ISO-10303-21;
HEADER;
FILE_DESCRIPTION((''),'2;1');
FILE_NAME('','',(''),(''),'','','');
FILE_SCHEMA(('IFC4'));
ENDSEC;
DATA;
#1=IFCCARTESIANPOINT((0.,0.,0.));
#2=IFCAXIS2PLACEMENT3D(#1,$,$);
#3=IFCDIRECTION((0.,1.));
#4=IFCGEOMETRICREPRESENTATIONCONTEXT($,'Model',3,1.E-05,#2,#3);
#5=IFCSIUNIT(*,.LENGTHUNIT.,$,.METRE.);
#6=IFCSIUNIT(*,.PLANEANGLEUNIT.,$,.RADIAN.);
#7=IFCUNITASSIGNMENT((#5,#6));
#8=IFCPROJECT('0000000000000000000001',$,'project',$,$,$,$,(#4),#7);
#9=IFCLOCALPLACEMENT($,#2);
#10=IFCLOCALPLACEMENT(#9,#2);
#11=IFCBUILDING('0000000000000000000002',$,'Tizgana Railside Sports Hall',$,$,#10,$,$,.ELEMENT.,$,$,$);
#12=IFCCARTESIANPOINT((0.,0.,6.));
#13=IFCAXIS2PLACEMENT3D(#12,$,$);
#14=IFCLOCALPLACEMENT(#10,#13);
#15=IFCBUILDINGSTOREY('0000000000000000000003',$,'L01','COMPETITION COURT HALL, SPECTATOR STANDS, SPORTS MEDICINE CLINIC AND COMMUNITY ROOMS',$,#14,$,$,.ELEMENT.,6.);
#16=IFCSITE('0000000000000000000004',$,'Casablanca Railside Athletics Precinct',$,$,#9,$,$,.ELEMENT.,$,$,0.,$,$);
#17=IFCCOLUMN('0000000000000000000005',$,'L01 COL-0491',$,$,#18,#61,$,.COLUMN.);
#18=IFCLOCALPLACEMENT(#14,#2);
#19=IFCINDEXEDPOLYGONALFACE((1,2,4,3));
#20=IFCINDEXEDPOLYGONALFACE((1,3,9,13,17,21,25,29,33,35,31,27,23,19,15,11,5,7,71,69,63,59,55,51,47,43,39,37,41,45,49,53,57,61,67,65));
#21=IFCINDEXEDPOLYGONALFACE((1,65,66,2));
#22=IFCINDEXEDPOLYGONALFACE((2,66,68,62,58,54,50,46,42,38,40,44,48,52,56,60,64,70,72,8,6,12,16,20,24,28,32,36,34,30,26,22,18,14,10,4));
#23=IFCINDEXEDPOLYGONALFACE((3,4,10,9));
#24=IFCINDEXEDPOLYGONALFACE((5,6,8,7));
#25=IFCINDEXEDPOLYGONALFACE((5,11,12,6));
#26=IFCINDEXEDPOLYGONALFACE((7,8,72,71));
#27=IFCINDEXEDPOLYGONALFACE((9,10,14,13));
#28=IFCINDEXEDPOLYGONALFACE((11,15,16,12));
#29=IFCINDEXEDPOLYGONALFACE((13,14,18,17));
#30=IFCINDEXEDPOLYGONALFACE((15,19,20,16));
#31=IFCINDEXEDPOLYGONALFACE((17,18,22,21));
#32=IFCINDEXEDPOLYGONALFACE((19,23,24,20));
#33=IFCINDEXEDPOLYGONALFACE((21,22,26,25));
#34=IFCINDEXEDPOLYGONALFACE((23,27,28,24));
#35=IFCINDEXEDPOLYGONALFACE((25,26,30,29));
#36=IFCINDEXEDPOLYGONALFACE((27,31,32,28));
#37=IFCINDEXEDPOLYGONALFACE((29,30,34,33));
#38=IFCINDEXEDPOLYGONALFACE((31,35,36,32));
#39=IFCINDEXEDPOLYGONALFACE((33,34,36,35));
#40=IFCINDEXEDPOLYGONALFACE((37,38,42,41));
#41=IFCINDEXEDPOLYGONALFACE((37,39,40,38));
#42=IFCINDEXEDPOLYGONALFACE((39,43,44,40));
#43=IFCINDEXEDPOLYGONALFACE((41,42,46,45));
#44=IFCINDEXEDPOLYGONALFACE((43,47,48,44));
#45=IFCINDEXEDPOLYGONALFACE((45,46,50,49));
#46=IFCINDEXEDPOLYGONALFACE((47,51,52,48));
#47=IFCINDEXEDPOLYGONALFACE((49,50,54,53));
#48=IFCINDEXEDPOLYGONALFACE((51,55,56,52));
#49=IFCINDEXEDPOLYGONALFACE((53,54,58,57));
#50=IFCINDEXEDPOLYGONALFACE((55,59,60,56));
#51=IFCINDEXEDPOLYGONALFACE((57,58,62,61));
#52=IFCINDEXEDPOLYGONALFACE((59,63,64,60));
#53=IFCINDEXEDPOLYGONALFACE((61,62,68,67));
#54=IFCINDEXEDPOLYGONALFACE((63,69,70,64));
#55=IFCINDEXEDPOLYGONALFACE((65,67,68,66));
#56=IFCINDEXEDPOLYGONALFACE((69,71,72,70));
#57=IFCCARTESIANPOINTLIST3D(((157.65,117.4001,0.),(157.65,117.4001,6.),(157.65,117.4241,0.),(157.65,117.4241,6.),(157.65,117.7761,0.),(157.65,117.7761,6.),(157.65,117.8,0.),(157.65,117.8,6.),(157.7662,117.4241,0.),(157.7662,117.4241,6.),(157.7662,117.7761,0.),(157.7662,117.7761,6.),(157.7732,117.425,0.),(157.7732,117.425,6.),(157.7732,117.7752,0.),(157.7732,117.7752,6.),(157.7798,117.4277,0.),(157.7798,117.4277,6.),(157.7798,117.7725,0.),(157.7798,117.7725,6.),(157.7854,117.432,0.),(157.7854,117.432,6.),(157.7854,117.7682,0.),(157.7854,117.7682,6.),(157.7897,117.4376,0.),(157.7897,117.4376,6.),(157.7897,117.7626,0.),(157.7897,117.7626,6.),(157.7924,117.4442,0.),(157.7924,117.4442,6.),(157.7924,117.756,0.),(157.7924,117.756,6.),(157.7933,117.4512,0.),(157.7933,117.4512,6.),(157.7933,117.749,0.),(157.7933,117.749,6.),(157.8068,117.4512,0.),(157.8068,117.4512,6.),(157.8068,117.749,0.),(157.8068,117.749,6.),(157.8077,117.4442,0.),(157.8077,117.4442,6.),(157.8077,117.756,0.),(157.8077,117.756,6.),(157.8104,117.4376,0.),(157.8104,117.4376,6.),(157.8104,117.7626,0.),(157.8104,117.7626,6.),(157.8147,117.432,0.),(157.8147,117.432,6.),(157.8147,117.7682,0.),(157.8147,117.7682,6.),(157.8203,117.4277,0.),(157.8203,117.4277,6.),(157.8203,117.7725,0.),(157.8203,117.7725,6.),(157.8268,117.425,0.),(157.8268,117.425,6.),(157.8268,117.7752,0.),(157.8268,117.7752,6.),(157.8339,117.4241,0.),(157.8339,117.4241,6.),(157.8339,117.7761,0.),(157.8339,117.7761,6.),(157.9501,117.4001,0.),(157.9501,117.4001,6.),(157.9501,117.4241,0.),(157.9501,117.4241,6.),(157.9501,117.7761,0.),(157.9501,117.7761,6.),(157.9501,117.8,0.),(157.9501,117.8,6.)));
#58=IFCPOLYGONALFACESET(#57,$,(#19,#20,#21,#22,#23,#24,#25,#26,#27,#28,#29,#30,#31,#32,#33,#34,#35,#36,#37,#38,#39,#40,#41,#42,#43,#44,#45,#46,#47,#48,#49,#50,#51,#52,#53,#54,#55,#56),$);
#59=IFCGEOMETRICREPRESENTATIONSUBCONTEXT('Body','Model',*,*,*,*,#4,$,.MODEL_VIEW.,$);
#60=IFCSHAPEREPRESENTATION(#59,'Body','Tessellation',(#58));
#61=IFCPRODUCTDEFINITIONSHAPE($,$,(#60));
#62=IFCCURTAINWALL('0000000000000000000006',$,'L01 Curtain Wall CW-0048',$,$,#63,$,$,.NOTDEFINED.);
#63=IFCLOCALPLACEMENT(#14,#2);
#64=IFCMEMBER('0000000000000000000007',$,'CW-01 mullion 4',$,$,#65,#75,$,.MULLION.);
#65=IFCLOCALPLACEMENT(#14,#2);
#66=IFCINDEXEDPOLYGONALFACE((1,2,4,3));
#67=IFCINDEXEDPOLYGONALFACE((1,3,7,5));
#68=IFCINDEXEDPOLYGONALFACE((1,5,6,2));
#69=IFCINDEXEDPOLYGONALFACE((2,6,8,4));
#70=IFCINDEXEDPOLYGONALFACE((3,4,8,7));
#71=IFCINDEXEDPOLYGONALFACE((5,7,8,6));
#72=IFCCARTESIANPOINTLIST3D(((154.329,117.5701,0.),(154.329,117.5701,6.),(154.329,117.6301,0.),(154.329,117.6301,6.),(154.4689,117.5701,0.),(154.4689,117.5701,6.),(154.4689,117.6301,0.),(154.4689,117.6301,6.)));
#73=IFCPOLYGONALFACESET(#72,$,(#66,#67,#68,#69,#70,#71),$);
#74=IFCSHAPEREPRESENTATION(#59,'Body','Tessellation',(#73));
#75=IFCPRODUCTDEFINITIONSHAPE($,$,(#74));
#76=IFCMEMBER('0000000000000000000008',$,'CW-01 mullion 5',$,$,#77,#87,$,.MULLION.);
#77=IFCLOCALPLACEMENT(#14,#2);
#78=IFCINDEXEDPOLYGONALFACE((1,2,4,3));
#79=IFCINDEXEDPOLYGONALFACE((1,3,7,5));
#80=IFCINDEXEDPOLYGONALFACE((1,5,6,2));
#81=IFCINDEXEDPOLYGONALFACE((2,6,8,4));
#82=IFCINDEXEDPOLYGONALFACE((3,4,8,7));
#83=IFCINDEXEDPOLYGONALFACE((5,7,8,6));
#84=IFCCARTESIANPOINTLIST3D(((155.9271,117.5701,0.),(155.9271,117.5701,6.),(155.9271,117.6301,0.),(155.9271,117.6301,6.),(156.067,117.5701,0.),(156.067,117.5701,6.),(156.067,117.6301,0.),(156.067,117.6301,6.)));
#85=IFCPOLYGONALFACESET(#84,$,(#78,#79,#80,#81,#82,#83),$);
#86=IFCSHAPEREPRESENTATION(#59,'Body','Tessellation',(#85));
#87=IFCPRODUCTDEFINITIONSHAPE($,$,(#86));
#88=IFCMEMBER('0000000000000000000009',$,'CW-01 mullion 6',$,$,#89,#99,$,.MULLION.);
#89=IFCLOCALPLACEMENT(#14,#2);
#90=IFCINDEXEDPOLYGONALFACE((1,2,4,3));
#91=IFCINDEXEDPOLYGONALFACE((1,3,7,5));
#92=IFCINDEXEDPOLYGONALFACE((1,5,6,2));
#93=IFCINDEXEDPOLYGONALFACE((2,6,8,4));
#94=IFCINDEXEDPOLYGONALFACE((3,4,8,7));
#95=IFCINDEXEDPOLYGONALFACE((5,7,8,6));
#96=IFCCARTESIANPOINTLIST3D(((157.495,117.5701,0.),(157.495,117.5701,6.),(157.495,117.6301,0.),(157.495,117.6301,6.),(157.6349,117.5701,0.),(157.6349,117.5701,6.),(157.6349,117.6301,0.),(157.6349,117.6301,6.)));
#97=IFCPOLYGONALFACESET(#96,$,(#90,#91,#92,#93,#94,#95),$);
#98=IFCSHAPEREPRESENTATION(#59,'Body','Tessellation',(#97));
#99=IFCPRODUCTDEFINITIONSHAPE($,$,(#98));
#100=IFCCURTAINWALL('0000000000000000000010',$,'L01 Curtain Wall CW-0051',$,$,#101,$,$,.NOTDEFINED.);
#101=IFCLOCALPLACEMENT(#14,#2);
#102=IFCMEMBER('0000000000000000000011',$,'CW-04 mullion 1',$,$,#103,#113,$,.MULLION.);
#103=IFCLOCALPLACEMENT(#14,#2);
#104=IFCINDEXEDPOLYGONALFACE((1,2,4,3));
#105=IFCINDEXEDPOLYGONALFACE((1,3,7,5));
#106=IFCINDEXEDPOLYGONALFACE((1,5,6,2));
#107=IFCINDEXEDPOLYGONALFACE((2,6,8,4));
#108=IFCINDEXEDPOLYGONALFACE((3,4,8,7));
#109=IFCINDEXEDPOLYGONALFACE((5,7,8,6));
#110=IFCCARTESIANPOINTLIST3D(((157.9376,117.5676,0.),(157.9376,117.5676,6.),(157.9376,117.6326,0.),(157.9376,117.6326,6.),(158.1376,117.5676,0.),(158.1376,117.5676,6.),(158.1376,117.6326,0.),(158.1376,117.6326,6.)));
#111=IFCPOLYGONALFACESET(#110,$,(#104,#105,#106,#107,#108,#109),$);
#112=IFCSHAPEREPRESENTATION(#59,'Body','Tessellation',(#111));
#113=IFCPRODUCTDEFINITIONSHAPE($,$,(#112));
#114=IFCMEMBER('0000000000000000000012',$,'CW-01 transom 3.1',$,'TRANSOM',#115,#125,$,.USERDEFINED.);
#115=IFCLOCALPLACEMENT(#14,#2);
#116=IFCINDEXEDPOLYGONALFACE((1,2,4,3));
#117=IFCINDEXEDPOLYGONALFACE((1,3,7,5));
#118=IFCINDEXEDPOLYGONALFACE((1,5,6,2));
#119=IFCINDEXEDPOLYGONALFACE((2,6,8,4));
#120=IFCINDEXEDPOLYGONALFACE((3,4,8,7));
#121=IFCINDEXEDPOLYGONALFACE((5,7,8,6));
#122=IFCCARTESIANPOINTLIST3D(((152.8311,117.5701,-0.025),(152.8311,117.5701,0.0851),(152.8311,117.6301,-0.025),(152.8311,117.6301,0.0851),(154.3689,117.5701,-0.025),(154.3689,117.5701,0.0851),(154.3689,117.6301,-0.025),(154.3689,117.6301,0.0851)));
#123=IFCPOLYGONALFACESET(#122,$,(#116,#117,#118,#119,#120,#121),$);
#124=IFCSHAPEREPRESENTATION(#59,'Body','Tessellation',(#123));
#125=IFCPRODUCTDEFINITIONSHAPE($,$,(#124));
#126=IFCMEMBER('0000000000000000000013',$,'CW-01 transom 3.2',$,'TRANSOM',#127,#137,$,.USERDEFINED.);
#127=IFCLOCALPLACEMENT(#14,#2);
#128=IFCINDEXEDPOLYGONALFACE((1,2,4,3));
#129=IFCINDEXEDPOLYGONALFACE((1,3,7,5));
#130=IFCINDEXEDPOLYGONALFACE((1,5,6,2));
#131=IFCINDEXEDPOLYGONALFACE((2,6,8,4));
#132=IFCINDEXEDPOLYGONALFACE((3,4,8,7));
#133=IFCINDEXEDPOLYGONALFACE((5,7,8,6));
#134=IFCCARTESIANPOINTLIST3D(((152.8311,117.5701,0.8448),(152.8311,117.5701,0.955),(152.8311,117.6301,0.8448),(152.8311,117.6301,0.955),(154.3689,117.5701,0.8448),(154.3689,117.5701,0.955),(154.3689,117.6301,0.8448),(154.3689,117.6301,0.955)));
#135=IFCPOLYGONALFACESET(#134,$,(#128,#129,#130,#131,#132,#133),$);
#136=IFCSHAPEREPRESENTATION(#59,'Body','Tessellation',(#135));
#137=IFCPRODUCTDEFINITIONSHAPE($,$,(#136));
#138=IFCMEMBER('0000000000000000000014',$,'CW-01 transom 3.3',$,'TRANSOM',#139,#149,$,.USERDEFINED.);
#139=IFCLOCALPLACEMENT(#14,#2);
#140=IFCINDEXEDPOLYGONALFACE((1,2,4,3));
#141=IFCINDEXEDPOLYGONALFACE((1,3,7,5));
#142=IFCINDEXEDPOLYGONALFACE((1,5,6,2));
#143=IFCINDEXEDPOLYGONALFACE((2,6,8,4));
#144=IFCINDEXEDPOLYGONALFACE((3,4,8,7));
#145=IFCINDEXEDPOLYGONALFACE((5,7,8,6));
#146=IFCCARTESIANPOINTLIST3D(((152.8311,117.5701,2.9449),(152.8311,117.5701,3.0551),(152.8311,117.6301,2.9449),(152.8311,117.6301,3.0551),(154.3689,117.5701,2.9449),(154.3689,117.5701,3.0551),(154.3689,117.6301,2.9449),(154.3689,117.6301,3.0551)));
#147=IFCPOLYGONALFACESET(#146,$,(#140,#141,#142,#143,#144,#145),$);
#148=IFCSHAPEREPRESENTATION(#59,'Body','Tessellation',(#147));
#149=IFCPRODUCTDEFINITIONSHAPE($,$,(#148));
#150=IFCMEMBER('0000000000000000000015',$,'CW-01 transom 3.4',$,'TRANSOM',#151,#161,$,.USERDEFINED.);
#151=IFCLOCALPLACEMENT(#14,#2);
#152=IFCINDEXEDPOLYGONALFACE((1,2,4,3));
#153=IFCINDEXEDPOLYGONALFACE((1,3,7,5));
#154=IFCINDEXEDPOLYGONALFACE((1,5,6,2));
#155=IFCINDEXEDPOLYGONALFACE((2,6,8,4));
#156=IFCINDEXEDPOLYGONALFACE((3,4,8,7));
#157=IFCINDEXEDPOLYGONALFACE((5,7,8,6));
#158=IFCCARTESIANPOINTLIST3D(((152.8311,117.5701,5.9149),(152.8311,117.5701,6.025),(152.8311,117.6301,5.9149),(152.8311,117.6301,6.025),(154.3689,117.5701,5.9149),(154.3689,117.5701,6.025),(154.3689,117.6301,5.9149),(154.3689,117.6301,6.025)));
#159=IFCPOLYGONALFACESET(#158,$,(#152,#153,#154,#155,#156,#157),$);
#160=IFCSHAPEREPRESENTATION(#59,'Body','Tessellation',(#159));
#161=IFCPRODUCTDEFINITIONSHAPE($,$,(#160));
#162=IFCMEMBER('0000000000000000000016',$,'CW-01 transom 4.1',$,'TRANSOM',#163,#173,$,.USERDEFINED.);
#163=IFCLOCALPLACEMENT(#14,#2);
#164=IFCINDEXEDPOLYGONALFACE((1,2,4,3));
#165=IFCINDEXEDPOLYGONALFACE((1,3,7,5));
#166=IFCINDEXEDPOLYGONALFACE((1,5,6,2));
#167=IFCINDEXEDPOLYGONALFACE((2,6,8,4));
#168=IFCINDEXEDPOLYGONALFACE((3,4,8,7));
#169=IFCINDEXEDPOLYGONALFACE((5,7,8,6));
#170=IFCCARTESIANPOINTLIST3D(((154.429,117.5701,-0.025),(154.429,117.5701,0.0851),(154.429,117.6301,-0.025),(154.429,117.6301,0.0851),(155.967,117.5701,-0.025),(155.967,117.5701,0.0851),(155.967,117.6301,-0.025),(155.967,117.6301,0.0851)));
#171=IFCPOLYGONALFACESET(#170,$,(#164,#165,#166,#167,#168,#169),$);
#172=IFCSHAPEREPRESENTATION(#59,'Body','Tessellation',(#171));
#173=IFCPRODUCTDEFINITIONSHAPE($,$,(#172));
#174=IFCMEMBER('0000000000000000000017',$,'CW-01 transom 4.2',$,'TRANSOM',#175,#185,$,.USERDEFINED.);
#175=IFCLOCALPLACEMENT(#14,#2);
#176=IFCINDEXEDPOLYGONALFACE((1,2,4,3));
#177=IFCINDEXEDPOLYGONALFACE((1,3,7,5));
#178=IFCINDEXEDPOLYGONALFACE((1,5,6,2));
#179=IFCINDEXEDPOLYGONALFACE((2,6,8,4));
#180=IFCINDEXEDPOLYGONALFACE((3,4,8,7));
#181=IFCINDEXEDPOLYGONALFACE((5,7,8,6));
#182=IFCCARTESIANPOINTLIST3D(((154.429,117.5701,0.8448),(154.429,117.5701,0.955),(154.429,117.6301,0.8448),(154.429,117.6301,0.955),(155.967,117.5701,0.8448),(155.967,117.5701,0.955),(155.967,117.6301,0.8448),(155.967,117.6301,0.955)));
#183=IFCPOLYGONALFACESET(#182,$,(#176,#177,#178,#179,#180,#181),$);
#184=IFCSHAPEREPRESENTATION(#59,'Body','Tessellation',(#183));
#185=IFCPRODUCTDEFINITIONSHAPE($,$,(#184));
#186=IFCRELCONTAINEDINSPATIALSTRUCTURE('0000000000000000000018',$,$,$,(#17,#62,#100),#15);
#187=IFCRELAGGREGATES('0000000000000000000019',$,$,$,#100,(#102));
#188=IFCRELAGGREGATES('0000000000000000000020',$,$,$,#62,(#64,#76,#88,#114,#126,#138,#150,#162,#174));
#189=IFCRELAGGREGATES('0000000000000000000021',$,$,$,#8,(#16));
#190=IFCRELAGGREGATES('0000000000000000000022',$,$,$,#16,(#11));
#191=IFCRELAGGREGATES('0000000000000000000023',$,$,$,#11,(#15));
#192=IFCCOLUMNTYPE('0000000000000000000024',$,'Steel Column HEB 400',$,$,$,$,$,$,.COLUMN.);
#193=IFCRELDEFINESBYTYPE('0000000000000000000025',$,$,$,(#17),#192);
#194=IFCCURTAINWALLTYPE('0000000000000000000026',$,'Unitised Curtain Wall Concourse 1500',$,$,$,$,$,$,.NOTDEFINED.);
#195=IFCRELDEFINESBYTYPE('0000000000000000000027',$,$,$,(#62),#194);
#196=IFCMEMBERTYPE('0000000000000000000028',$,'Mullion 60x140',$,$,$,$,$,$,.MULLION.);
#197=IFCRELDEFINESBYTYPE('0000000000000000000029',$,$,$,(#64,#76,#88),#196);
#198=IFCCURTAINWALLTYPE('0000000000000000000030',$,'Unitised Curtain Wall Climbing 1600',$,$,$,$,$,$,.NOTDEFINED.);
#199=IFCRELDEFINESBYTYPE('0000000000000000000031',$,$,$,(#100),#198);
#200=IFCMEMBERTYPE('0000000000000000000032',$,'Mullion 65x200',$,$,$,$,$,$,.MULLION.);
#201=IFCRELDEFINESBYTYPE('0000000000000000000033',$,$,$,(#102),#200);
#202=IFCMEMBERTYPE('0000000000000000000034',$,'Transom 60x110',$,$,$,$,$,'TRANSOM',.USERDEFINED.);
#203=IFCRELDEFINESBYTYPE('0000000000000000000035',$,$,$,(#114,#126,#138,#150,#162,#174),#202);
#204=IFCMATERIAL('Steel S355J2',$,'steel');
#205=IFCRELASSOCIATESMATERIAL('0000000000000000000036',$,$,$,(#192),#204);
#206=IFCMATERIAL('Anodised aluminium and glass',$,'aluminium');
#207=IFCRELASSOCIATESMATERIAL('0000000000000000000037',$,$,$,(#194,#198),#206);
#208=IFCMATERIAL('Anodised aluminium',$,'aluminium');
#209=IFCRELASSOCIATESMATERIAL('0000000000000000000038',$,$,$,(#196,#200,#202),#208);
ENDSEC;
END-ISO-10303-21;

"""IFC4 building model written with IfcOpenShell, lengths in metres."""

from ifc_helpers import new_model, si_unit, direction, frame, origin, origin_2d, place, context, subcontext, project, spatial, rectangle, i_section, extrude, material, material_profile, profile_set, type_object, element, aggregate, save


model = new_model("IFC4")

# Units and contexts
model_context = context("Model", 3, precision=1e-05, world=origin(), true_north=direction((0.0, 1.0)))
body_context = subcontext(model_context, "Body", "Model", "MODEL_VIEW")
ifc_project = project(units=[si_unit("LENGTHUNIT", "METRE"), si_unit("PLANEANGLEUNIT", "RADIAN")], contexts=[model_context])

# Site, building, storey
site_placement = place(None, origin())
site = spatial("IfcSite", under=ifc_project, at=site_placement, Name="Casablanca Railside Athletics Precinct", CompositionType="ELEMENT", RefElevation=0.0)
building_placement = place(site_placement, origin())
building = spatial("IfcBuilding", under=site, at=building_placement, Name="Tizgana Railside Sports Hall", CompositionType="ELEMENT")
storey_placement = place(building_placement, frame((0.0, 0.0, 6.0)))
storey = spatial("IfcBuildingStorey", under=building, at=storey_placement, Name="L01", Description="COMPETITION COURT HALL, SPECTATOR STANDS, SPORTS MEDICINE CLINIC AND COMMUNITY ROOMS", CompositionType="ELEMENT", Elevation=6.0)

# Column
ifc_material_1 = material(Name="Steel S355J2", Category="steel")
ifc_material_profile_1 = material_profile(ifc_material_1, i_section(OverallWidth=0.3, OverallDepth=0.3999, WebThickness=0.0134, FlangeThickness=0.0239, FilletRadius=0.0271, at=origin_2d()), Name="HEB 400")
ifc_profile_set_1 = profile_set([ifc_material_profile_1], Name="Steel S355J2")
column_type = type_object("IfcColumnType", Name="Steel Column HEB 400", PredefinedType="COLUMN", material=ifc_profile_set_1)
column_placement = place(storey_placement, frame((157.8, 117.6001, 0.0), z_axis=(0.0, 0.0, 1.0), x_axis=(1.0, 0.0, 0.0)))
element("IfcColumn", 1, at=column_placement, inside=storey, type_object=column_type, Name="L01 COL-0491", PredefinedType="COLUMN", context=body_context, shape_type="SweptSolid", body=[
    extrude(i_section(OverallWidth=0.3, OverallDepth=0.3999, WebThickness=0.0134, FlangeThickness=0.0239, FilletRadius=0.0271, at=origin_2d()), origin(), (0.0, 0.0, 1.0), 6.0),
])

# Curtain wall, members
ifc_material_2 = material(Name="Anodised aluminium and glass", Category="aluminium")
curtain_wall_type_1 = type_object("IfcCurtainWallType", Name="Unitised Curtain Wall Concourse 1500", PredefinedType="NOTDEFINED", material=ifc_material_2)
curtain_wall_1_placement = place(storey_placement, origin())
curtain_wall_1 = element("IfcCurtainWall", 2, at=curtain_wall_1_placement, inside=storey, type_object=curtain_wall_type_1, Name="L01 Curtain Wall CW-0048", PredefinedType="NOTDEFINED")
ifc_material_3 = material(Name="Anodised aluminium", Category="aluminium")
ifc_material_profile_2 = material_profile(ifc_material_3, rectangle(XDim=0.0601, YDim=0.1399, at=origin_2d()), Name="Mullion 60x140")
ifc_profile_set_2 = profile_set([ifc_material_profile_2], Name="Anodised aluminium")
member_type_1 = type_object("IfcMemberType", Name="Mullion 60x140", PredefinedType="MULLION", material=ifc_profile_set_2)
member_1_placement = place(storey_placement, frame((154.3989, 117.6001, 0.0), z_axis=(0.0, 0.0, 1.0), x_axis=(0.0, 1.0, 0.0)))
member_1 = element("IfcMember", 3, at=member_1_placement, type_object=member_type_1, Name="CW-01 mullion 4", PredefinedType="MULLION", context=body_context, shape_type="SweptSolid", body=[
    extrude(rectangle(XDim=0.0601, YDim=0.1399, at=origin_2d()), origin(), (0.0, 0.0, 1.0), 6.0),
])
member_2_placement = place(storey_placement, frame((155.9971, 117.6001, 0.0), z_axis=(0.0, 0.0, 1.0), x_axis=(0.0, 1.0, 0.0)))
member_2 = element("IfcMember", 4, at=member_2_placement, type_object=member_type_1, Name="CW-01 mullion 5", PredefinedType="MULLION", context=body_context, shape_type="SweptSolid", body=[
    extrude(rectangle(XDim=0.0601, YDim=0.1399, at=origin_2d()), origin(), (0.0, 0.0, 1.0), 6.0),
])
member_3_placement = place(storey_placement, frame((157.5649, 117.6001, 0.0), z_axis=(0.0, 0.0, 1.0), x_axis=(0.0, 1.0, 0.0)))
member_3 = element("IfcMember", 5, at=member_3_placement, type_object=member_type_1, Name="CW-01 mullion 6", PredefinedType="MULLION", context=body_context, shape_type="SweptSolid", body=[
    extrude(rectangle(XDim=0.0601, YDim=0.1399, at=origin_2d()), origin(), (0.0, 0.0, 1.0), 6.0),
])

# Curtain wall, member
curtain_wall_type_2 = type_object("IfcCurtainWallType", Name="Unitised Curtain Wall Climbing 1600", PredefinedType="NOTDEFINED", material=ifc_material_2)
curtain_wall_2_placement = place(storey_placement, origin())
curtain_wall_2 = element("IfcCurtainWall", 6, at=curtain_wall_2_placement, inside=storey, type_object=curtain_wall_type_2, Name="L01 Curtain Wall CW-0051", PredefinedType="NOTDEFINED")
ifc_material_profile_3 = material_profile(ifc_material_3, rectangle(XDim=0.0649, YDim=0.2, at=origin_2d()), Name="Mullion 65x200")
ifc_profile_set_3 = profile_set([ifc_material_profile_3], Name="Anodised aluminium")
member_type_2 = type_object("IfcMemberType", Name="Mullion 65x200", PredefinedType="MULLION", material=ifc_profile_set_3)
member_4_placement = place(storey_placement, frame((158.0376, 117.6001, 0.0), z_axis=(0.0, 0.0, 1.0), x_axis=(0.0, 1.0, 0.0)))
member_4 = element("IfcMember", 7, at=member_4_placement, type_object=member_type_2, Name="CW-04 mullion 1", PredefinedType="MULLION", context=body_context, shape_type="SweptSolid", body=[
    extrude(rectangle(XDim=0.0649, YDim=0.2, at=origin_2d()), origin(), (0.0, 0.0, 1.0), 6.0),
])

# Members
ifc_material_profile_4 = material_profile(ifc_material_3, rectangle(XDim=0.0601, YDim=0.1101, at=origin_2d()), Name="Transom 60x110")
ifc_profile_set_4 = profile_set([ifc_material_profile_4], Name="Anodised aluminium")
member_type_3 = type_object("IfcMemberType", Name="Transom 60x110", ElementType="TRANSOM", PredefinedType="USERDEFINED", material=ifc_profile_set_4)
member_5_placement = place(storey_placement, frame((152.8311, 117.6001, 0.03), z_axis=(1.0, 0.0, 0.0), x_axis=(0.0, 1.0, 0.0)))
member_5 = element("IfcMember", 8, at=member_5_placement, type_object=member_type_3, Name="CW-01 transom 3.1", ObjectType="TRANSOM", PredefinedType="USERDEFINED", context=body_context, shape_type="SweptSolid", body=[
    extrude(rectangle(XDim=0.0601, YDim=0.1101, at=origin_2d()), origin(), (0.0, 0.0, 1.0), 1.5378),
])
member_6_placement = place(storey_placement, frame((152.8311, 117.6001, 0.8999), z_axis=(1.0, 0.0, 0.0), x_axis=(0.0, 1.0, 0.0)))
member_6 = element("IfcMember", 9, at=member_6_placement, type_object=member_type_3, Name="CW-01 transom 3.2", ObjectType="TRANSOM", PredefinedType="USERDEFINED", context=body_context, shape_type="SweptSolid", body=[
    extrude(rectangle(XDim=0.0601, YDim=0.1101, at=origin_2d()), origin(), (0.0, 0.0, 1.0), 1.5378),
])
member_7_placement = place(storey_placement, frame((152.8311, 117.6001, 3.0), z_axis=(1.0, 0.0, 0.0), x_axis=(0.0, 1.0, 0.0)))
member_7 = element("IfcMember", 10, at=member_7_placement, type_object=member_type_3, Name="CW-01 transom 3.3", ObjectType="TRANSOM", PredefinedType="USERDEFINED", context=body_context, shape_type="SweptSolid", body=[
    extrude(rectangle(XDim=0.0601, YDim=0.1101, at=origin_2d()), origin(), (0.0, 0.0, 1.0), 1.5378),
])
member_8_placement = place(storey_placement, frame((152.8311, 117.6001, 5.97), z_axis=(1.0, 0.0, 0.0), x_axis=(0.0, 1.0, 0.0)))
member_8 = element("IfcMember", 11, at=member_8_placement, type_object=member_type_3, Name="CW-01 transom 3.4", ObjectType="TRANSOM", PredefinedType="USERDEFINED", context=body_context, shape_type="SweptSolid", body=[
    extrude(rectangle(XDim=0.0601, YDim=0.1101, at=origin_2d()), origin(), (0.0, 0.0, 1.0), 1.5378),
])
member_9_placement = place(storey_placement, frame((154.429, 117.6001, 0.03), z_axis=(1.0, 0.0, 0.0), x_axis=(0.0, 1.0, 0.0)))
member_9 = element("IfcMember", 12, at=member_9_placement, type_object=member_type_3, Name="CW-01 transom 4.1", ObjectType="TRANSOM", PredefinedType="USERDEFINED", context=body_context, shape_type="SweptSolid", body=[
    extrude(rectangle(XDim=0.0601, YDim=0.1101, at=origin_2d()), origin(), (0.0, 0.0, 1.0), 1.5381),
])
member_10_placement = place(storey_placement, frame((154.429, 117.6001, 0.8999), z_axis=(1.0, 0.0, 0.0), x_axis=(0.0, 1.0, 0.0)))
member_10 = element("IfcMember", 13, at=member_10_placement, type_object=member_type_3, Name="CW-01 transom 4.2", ObjectType="TRANSOM", PredefinedType="USERDEFINED", context=body_context, shape_type="SweptSolid", body=[
    extrude(rectangle(XDim=0.0601, YDim=0.1101, at=origin_2d()), origin(), (0.0, 0.0, 1.0), 1.5381),
])

aggregate(curtain_wall_2, [member_4])
aggregate(curtain_wall_1, [member_1, member_2, member_3, member_5, member_6, member_7, member_8, member_9, member_10])

save(model, "model.ifc")
